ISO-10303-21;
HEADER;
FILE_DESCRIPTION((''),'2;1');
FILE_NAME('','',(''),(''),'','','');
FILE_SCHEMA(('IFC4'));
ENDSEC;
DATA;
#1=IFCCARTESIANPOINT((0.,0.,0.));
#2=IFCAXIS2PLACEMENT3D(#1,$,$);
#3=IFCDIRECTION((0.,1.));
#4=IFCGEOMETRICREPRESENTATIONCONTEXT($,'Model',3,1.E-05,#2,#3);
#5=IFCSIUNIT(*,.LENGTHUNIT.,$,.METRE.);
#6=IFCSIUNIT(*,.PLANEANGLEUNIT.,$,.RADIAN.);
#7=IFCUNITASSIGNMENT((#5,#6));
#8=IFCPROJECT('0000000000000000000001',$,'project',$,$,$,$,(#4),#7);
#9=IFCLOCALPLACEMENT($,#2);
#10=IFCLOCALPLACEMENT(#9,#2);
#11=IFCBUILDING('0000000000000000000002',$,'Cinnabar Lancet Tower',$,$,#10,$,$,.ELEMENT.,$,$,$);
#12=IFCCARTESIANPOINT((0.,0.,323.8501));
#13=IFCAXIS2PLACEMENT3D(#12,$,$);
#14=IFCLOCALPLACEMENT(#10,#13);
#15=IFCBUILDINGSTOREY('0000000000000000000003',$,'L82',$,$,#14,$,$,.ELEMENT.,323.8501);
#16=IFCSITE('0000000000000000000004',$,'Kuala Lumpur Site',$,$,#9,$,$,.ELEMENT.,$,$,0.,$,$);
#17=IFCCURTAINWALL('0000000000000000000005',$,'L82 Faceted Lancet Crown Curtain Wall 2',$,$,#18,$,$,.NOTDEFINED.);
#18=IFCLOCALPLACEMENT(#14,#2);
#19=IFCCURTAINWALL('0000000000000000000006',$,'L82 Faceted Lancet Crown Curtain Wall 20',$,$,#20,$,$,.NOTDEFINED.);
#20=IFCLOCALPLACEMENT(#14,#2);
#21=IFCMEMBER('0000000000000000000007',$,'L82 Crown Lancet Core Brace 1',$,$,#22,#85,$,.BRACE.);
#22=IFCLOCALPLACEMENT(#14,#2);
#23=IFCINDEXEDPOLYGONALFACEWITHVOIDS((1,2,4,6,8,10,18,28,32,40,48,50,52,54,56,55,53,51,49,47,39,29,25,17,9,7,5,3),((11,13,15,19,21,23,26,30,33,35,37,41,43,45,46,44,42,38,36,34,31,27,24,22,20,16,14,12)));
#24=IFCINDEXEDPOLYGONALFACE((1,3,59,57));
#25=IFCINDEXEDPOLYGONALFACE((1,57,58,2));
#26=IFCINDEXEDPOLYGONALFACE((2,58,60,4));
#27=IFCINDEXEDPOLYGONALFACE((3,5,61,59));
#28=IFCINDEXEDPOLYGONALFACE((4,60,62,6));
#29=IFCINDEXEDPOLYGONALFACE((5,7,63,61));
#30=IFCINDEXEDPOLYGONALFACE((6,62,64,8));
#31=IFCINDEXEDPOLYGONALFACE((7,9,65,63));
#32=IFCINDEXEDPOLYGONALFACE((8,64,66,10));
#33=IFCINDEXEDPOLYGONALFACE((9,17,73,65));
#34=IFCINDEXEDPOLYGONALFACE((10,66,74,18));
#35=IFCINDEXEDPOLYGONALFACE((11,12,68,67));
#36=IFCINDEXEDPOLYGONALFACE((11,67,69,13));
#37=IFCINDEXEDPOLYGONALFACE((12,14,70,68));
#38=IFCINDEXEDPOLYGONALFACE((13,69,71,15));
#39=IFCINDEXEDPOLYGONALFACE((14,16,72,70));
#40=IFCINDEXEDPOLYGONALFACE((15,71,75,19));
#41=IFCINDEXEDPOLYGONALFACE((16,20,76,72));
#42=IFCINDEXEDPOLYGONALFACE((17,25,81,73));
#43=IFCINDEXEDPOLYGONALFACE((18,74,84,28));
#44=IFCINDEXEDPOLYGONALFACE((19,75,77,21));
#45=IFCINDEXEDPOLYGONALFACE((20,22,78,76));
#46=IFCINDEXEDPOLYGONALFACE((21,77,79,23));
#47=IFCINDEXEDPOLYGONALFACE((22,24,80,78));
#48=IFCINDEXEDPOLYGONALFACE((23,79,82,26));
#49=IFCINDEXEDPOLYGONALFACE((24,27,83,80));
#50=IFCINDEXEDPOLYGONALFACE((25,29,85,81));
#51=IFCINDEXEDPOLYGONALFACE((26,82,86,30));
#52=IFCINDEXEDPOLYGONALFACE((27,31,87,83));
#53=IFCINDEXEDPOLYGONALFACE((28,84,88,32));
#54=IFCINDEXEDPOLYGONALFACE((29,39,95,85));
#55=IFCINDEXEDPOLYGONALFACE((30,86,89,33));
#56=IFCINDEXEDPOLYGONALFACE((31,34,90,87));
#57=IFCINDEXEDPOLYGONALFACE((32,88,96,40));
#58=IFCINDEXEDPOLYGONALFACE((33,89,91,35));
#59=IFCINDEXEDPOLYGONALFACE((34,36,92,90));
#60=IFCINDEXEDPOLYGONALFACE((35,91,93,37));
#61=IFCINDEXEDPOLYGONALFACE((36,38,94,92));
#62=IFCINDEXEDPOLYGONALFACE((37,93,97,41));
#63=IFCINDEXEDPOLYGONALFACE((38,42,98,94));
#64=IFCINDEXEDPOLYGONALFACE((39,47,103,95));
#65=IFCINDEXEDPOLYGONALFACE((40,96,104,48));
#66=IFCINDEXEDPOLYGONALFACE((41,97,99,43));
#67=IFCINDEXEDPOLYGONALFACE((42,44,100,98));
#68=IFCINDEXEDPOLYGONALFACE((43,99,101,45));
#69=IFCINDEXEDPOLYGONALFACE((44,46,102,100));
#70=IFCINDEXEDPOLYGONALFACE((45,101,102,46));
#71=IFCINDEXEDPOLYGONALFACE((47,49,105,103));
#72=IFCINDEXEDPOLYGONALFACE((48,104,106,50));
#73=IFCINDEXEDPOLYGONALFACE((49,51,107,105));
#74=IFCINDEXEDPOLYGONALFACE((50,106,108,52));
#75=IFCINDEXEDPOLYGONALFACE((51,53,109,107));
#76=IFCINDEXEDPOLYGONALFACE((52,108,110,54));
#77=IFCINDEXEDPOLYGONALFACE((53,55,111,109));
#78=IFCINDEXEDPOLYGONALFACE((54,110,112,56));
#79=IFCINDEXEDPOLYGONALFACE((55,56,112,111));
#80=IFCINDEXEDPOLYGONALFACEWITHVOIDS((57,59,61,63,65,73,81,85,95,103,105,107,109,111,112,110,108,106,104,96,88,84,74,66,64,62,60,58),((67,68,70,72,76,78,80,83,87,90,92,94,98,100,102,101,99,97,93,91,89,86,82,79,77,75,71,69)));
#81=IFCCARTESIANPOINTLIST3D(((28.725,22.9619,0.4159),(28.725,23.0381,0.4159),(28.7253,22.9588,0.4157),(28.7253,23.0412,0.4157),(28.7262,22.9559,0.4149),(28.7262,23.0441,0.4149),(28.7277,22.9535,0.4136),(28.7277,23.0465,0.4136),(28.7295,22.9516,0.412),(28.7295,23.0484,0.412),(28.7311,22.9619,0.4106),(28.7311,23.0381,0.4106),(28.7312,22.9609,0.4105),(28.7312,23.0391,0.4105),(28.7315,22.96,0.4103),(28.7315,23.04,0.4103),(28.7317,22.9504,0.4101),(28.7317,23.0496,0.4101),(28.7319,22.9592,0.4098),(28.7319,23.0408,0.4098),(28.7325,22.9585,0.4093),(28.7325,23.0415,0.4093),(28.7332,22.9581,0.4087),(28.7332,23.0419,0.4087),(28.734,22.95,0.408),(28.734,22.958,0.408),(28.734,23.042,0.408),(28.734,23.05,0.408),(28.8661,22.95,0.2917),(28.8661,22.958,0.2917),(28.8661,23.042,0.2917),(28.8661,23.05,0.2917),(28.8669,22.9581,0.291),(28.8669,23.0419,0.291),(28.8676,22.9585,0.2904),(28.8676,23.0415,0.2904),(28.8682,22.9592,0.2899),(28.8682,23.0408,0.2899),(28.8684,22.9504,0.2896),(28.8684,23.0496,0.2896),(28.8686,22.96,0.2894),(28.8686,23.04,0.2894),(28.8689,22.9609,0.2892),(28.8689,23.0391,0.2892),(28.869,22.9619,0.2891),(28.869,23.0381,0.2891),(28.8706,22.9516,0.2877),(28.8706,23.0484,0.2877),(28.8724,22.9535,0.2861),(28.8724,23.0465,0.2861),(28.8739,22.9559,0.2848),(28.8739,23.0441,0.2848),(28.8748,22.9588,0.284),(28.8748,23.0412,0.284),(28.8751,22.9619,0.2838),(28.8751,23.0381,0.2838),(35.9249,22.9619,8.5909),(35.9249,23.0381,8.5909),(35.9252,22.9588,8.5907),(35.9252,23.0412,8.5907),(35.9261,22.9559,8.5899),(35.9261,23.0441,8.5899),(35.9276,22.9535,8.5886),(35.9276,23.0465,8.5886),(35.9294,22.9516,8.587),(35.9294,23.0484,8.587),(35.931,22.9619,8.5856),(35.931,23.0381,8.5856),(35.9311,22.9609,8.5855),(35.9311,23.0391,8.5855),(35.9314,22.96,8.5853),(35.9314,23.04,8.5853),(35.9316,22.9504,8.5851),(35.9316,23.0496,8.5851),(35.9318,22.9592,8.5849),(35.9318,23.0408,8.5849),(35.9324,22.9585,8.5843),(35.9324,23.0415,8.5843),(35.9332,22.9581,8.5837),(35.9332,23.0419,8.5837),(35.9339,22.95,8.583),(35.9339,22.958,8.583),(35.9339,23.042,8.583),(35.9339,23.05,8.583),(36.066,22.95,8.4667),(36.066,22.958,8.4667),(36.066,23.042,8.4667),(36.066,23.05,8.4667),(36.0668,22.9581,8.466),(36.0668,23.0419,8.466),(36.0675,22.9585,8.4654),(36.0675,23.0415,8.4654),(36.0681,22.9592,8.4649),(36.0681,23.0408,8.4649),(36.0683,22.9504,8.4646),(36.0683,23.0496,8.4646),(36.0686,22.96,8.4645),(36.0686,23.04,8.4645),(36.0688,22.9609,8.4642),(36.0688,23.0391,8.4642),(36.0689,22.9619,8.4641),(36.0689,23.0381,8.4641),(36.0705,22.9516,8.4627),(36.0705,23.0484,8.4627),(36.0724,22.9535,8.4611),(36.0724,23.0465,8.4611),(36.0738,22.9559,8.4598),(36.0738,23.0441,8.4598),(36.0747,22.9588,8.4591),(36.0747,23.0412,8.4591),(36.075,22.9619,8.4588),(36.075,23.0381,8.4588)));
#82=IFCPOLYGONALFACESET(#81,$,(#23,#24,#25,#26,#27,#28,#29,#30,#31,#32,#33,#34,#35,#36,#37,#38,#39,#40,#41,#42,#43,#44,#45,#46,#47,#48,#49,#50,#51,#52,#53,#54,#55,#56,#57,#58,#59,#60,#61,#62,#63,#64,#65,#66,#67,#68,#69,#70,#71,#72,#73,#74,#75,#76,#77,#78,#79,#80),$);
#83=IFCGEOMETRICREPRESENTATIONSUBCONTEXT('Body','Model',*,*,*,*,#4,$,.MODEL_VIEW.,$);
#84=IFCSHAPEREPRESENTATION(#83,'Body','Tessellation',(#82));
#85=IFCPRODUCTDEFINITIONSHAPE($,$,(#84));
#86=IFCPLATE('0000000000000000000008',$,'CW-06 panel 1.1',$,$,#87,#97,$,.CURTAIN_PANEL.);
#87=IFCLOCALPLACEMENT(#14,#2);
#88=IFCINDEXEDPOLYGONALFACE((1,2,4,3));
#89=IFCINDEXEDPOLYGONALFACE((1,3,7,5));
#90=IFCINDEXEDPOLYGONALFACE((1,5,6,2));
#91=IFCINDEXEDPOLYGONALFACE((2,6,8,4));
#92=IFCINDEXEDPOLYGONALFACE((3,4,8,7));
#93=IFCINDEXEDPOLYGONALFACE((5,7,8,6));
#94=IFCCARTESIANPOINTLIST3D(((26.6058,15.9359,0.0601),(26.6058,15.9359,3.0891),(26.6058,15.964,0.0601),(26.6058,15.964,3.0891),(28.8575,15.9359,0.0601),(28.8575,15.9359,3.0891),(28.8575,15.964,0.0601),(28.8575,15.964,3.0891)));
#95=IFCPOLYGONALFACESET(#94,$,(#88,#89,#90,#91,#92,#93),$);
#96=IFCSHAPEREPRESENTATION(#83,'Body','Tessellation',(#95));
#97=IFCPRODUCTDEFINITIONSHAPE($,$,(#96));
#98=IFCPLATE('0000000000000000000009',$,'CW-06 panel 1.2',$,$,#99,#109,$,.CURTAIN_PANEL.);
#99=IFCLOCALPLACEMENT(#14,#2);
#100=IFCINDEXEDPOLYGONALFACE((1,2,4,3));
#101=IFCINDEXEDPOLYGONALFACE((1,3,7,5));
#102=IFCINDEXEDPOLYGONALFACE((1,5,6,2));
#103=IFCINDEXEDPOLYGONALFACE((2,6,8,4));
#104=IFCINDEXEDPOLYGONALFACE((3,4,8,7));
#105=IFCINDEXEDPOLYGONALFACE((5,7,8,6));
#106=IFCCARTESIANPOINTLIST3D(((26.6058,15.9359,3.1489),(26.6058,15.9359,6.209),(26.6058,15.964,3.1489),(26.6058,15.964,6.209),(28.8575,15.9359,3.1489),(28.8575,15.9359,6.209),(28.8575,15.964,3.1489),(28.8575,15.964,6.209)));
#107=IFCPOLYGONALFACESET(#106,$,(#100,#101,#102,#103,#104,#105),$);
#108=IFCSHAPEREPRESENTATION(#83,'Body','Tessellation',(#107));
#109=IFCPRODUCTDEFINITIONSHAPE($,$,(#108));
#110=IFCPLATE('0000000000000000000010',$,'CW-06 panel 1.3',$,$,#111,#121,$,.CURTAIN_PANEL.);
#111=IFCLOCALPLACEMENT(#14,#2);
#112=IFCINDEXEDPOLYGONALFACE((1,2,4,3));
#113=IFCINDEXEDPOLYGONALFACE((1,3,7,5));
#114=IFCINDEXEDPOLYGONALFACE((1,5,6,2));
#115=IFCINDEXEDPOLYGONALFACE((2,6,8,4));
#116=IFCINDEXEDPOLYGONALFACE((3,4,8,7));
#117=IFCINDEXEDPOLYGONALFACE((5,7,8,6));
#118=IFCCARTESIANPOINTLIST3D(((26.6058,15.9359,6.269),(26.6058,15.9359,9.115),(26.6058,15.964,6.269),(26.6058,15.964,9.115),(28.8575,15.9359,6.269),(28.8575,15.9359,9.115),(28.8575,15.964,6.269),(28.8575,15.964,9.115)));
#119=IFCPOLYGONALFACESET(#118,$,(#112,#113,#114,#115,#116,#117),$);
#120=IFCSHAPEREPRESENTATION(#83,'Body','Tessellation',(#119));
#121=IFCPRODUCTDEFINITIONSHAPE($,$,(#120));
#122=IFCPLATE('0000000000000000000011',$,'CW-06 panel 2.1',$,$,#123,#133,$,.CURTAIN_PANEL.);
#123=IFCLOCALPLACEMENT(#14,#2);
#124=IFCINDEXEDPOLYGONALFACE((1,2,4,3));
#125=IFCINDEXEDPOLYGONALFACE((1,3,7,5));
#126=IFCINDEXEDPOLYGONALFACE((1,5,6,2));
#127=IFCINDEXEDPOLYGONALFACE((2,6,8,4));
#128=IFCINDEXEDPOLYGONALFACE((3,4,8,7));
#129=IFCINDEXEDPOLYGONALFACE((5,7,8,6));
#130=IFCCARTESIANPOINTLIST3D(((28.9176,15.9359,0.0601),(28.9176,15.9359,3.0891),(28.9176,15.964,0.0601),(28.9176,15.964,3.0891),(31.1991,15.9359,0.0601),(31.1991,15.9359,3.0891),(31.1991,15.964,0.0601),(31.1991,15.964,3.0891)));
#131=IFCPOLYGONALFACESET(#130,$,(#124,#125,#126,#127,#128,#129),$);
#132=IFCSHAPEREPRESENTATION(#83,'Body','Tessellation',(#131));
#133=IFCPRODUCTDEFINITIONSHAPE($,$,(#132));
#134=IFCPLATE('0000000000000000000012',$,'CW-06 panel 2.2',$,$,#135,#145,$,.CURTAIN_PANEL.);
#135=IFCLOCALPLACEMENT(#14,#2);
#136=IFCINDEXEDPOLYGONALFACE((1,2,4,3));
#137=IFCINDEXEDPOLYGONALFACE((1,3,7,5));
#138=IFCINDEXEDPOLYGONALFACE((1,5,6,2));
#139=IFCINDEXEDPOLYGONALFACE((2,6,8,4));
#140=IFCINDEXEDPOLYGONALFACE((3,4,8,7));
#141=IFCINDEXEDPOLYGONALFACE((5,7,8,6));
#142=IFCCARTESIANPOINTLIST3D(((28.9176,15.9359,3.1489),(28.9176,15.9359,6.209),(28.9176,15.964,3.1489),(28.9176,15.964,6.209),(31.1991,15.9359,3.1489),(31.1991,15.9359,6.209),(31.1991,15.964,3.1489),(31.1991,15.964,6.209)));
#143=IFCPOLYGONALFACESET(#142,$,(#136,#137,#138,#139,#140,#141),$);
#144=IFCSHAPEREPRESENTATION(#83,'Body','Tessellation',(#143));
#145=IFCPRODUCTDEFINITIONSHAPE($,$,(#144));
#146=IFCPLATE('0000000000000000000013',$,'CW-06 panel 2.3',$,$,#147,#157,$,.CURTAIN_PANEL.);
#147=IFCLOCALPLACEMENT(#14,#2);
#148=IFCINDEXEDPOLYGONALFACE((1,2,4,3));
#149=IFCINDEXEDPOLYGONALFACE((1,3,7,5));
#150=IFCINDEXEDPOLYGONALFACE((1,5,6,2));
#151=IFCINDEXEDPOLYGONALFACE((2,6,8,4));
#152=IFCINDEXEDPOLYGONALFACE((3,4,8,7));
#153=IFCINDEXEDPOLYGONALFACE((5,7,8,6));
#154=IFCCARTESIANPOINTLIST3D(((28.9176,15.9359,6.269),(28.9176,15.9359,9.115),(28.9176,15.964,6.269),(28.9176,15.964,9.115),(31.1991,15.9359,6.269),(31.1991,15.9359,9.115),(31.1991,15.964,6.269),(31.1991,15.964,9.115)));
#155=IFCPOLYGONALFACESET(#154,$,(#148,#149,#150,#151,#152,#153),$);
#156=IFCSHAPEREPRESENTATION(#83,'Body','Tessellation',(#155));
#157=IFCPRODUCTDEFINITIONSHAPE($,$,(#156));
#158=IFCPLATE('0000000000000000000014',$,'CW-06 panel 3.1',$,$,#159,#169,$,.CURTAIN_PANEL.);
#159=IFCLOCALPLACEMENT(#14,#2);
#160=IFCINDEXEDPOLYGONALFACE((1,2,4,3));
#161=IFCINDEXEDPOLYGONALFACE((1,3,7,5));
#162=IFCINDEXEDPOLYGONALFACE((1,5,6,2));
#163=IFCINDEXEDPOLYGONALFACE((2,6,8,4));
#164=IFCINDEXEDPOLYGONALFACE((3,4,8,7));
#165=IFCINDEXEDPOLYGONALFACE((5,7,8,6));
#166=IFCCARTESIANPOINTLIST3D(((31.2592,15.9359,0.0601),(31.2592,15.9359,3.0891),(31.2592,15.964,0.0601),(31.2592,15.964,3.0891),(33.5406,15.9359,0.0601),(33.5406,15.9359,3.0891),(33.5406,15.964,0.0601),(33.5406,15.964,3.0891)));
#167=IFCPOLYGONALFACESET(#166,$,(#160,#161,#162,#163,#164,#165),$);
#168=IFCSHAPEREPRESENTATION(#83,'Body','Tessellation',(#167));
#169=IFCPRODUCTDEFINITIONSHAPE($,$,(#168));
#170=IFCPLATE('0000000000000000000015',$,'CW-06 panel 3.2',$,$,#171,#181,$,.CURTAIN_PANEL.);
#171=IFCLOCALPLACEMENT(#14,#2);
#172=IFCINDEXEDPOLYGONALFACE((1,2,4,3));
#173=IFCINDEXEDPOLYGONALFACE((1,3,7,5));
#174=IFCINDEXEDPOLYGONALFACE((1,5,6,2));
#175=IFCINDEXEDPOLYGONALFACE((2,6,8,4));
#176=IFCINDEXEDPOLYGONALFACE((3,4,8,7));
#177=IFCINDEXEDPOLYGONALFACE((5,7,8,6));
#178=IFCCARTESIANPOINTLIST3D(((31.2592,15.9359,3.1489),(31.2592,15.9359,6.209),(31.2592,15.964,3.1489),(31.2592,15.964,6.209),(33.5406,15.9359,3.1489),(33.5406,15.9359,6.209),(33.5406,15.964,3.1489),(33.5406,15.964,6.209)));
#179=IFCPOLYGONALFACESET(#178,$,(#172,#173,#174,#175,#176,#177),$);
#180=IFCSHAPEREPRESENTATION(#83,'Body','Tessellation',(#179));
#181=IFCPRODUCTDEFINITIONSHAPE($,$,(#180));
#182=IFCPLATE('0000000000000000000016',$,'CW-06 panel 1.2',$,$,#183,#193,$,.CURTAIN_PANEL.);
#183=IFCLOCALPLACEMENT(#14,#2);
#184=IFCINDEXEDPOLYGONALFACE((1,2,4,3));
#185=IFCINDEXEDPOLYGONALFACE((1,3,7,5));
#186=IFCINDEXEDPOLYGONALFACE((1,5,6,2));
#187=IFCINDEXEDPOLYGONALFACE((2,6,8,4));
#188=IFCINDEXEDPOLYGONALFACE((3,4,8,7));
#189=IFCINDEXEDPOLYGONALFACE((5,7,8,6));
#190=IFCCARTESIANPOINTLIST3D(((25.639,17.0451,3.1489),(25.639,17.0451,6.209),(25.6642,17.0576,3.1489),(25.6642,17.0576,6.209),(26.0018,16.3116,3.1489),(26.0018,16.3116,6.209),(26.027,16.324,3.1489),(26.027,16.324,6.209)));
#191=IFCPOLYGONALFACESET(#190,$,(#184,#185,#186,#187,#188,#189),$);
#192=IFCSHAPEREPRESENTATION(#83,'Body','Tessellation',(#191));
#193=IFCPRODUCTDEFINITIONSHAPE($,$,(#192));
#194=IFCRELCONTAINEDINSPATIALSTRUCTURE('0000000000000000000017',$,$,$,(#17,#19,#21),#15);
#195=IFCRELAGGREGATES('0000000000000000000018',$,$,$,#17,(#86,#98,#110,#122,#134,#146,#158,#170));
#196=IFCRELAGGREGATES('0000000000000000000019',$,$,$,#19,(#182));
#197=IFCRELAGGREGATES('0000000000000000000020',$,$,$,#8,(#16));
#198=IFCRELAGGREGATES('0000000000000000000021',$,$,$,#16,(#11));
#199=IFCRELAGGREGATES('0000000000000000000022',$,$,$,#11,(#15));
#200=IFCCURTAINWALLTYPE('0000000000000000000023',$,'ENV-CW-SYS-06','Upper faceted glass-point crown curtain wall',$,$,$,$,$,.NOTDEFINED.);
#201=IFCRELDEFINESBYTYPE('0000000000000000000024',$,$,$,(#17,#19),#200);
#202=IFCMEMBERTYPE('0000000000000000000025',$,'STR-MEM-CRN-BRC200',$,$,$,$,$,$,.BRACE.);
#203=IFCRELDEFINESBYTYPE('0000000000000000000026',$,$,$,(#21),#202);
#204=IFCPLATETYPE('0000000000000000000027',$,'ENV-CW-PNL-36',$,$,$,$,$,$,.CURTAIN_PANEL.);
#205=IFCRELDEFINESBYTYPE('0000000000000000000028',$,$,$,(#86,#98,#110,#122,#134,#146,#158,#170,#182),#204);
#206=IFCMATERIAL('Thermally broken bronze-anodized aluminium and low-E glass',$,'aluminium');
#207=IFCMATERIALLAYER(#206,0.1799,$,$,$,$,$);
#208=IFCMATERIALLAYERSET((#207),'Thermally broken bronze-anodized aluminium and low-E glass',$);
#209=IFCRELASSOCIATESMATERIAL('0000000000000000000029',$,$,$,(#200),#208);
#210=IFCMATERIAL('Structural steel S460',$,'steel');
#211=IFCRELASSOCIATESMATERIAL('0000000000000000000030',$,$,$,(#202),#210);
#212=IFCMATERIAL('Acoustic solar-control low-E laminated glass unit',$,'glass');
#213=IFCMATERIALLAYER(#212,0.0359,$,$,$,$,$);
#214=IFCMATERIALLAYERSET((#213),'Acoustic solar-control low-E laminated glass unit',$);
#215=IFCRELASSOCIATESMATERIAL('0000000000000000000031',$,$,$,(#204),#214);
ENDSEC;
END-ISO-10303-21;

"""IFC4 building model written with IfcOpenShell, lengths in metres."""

from ifc_helpers import new_model, si_unit, direction, frame, origin, origin_2d, place, context, subcontext, project, spatial, rectangle, hollow_rectangle, extrude, material, layer, layer_set, material_profile, profile_set, type_object, element, aggregate, save


model = new_model("IFC4")

# Units and contexts
model_context = context("Model", 3, precision=1e-05, world=origin(), true_north=direction((0.0, 1.0)))
body_context = subcontext(model_context, "Body", "Model", "MODEL_VIEW")
ifc_project = project(units=[si_unit("LENGTHUNIT", "METRE"), si_unit("PLANEANGLEUNIT", "RADIAN")], contexts=[model_context])

# Site, building, storey
site_placement = place(None, origin())
site = spatial("IfcSite", under=ifc_project, at=site_placement, Name="Kuala Lumpur Site", CompositionType="ELEMENT", RefElevation=0.0)
building_placement = place(site_placement, origin())
building = spatial("IfcBuilding", under=site, at=building_placement, Name="Cinnabar Lancet Tower", CompositionType="ELEMENT")
storey_placement = place(building_placement, frame((0.0, 0.0, 323.8501)))
storey = spatial("IfcBuildingStorey", under=building, at=storey_placement, Name="L82", CompositionType="ELEMENT", Elevation=323.8501)

# Curtain wall
ifc_material_1 = material(Name="Thermally broken bronze-anodized aluminium and low-E glass", Category="aluminium")
ifc_layer_1 = layer(ifc_material_1, 0.1799)
ifc_layer_set_1 = layer_set([ifc_layer_1], Name="Thermally broken bronze-anodized aluminium and low-E glass")
curtain_wall_type = type_object("IfcCurtainWallType", Name="ENV-CW-SYS-06", Description="Upper faceted glass-point crown curtain wall", PredefinedType="NOTDEFINED", material=ifc_layer_set_1)
curtain_wall_1_placement = place(storey_placement, origin())
curtain_wall_1 = element("IfcCurtainWall", 1, at=curtain_wall_1_placement, inside=storey, type_object=curtain_wall_type, Name="L82 Faceted Lancet Crown Curtain Wall 2", PredefinedType="NOTDEFINED")

# Curtain wall
curtain_wall_2_placement = place(storey_placement, origin())
curtain_wall_2 = element("IfcCurtainWall", 2, at=curtain_wall_2_placement, inside=storey, type_object=curtain_wall_type, Name="L82 Faceted Lancet Crown Curtain Wall 20", PredefinedType="NOTDEFINED")

# Member
ifc_material_2 = material(Name="Structural steel S460", Category="steel")
ifc_material_profile_1 = material_profile(ifc_material_2, hollow_rectangle(XDim=0.1001, YDim=0.2, WallThickness=0.0081, InnerFilletRadius=0.0039, OuterFilletRadius=0.012, at=origin_2d()), Name="RHS 200x100x8")
ifc_profile_set_1 = profile_set([ifc_material_profile_1], Name="Structural steel S460")
member_type_1 = type_object("IfcMemberType", Name="STR-MEM-CRN-BRC200", PredefinedType="BRACE", material=ifc_profile_set_1)
member_1_placement = place(storey_placement, frame((28.8, 23.0, 0.3499), z_axis=(0.660933, 0.0, 0.750444), x_axis=(0.0, 1.0, 0.0)))
element("IfcMember", 3, at=member_1_placement, inside=storey, type_object=member_type_1, Name="L82 Crown Lancet Core Brace 1", PredefinedType="BRACE", context=body_context, shape_type="SweptSolid", body=[
    extrude(hollow_rectangle(XDim=0.1001, YDim=0.2, WallThickness=0.0081, InnerFilletRadius=0.0039, OuterFilletRadius=0.012, at=origin_2d()), origin(), (0.0, 0.0, 1.0), 10.8936),
])

# Plates
ifc_material_3 = material(Name="Acoustic solar-control low-E laminated glass unit", Category="glass")
ifc_layer_2 = layer(ifc_material_3, 0.0359)
ifc_layer_set_2 = layer_set([ifc_layer_2], Name="Acoustic solar-control low-E laminated glass unit")
plate_type_1 = type_object("IfcPlateType", Name="ENV-CW-PNL-36", PredefinedType="CURTAIN_PANEL", material=ifc_layer_set_2)
plate_1_placement = place(storey_placement, frame((27.7317, 15.95, 0.0601), z_axis=(0.0, 0.0, 1.0), x_axis=(1.0, 0.0, 0.0)))
plate_1 = element("IfcPlate", 4, at=plate_1_placement, type_object=plate_type_1, Name="CW-06 panel 1.1", PredefinedType="CURTAIN_PANEL", context=body_context, shape_type="SweptSolid", body=[
    extrude(rectangle(XDim=2.2517, YDim=0.0281, at=origin_2d()), origin(), (0.0, 0.0, 1.0), 3.0291),
])
plate_2_placement = place(storey_placement, frame((27.7317, 15.95, 3.1489), z_axis=(0.0, 0.0, 1.0), x_axis=(1.0, 0.0, 0.0)))
plate_2 = element("IfcPlate", 5, at=plate_2_placement, type_object=plate_type_1, Name="CW-06 panel 1.2", PredefinedType="CURTAIN_PANEL", context=body_context, shape_type="SweptSolid", body=[
    extrude(rectangle(XDim=2.2517, YDim=0.0281, at=origin_2d()), origin(), (0.0, 0.0, 1.0), 3.0601),
])
plate_3_placement = place(storey_placement, frame((27.7317, 15.95, 6.269), z_axis=(0.0, 0.0, 1.0), x_axis=(1.0, 0.0, 0.0)))
plate_3 = element("IfcPlate", 6, at=plate_3_placement, type_object=plate_type_1, Name="CW-06 panel 1.3", PredefinedType="CURTAIN_PANEL", context=body_context, shape_type="SweptSolid", body=[
    extrude(rectangle(XDim=2.2517, YDim=0.0281, at=origin_2d()), origin(), (0.0, 0.0, 1.0), 2.8459),
])
plate_4_placement = place(storey_placement, frame((30.0583, 15.95, 0.0601), z_axis=(0.0, 0.0, 1.0), x_axis=(1.0, 0.0, 0.0)))
plate_4 = element("IfcPlate", 7, at=plate_4_placement, type_object=plate_type_1, Name="CW-06 panel 2.1", PredefinedType="CURTAIN_PANEL", context=body_context, shape_type="SweptSolid", body=[
    extrude(rectangle(XDim=2.2815, YDim=0.0281, at=origin_2d()), origin(), (0.0, 0.0, 1.0), 3.0291),
])
plate_5_placement = place(storey_placement, frame((30.0583, 15.95, 3.1489), z_axis=(0.0, 0.0, 1.0), x_axis=(1.0, 0.0, 0.0)))
plate_5 = element("IfcPlate", 8, at=plate_5_placement, type_object=plate_type_1, Name="CW-06 panel 2.2", PredefinedType="CURTAIN_PANEL", context=body_context, shape_type="SweptSolid", body=[
    extrude(rectangle(XDim=2.2815, YDim=0.0281, at=origin_2d()), origin(), (0.0, 0.0, 1.0), 3.0601),
])
plate_6_placement = place(storey_placement, frame((30.0583, 15.95, 6.269), z_axis=(0.0, 0.0, 1.0), x_axis=(1.0, 0.0, 0.0)))
plate_6 = element("IfcPlate", 9, at=plate_6_placement, type_object=plate_type_1, Name="CW-06 panel 2.3", PredefinedType="CURTAIN_PANEL", context=body_context, shape_type="SweptSolid", body=[
    extrude(rectangle(XDim=2.2815, YDim=0.0281, at=origin_2d()), origin(), (0.0, 0.0, 1.0), 2.8459),
])
plate_7_placement = place(storey_placement, frame((32.3999, 15.95, 0.0601), z_axis=(0.0, 0.0, 1.0), x_axis=(1.0, 0.0, 0.0)))
plate_7 = element("IfcPlate", 10, at=plate_7_placement, type_object=plate_type_1, Name="CW-06 panel 3.1", PredefinedType="CURTAIN_PANEL", context=body_context, shape_type="SweptSolid", body=[
    extrude(rectangle(XDim=2.2815, YDim=0.0281, at=origin_2d()), origin(), (0.0, 0.0, 1.0), 3.0291),
])
plate_8_placement = place(storey_placement, frame((32.3999, 15.95, 3.1489), z_axis=(0.0, 0.0, 1.0), x_axis=(1.0, 0.0, 0.0)))
plate_8 = element("IfcPlate", 11, at=plate_8_placement, type_object=plate_type_1, Name="CW-06 panel 3.2", PredefinedType="CURTAIN_PANEL", context=body_context, shape_type="SweptSolid", body=[
    extrude(rectangle(XDim=2.2815, YDim=0.0281, at=origin_2d()), origin(), (0.0, 0.0, 1.0), 3.0601),
])
aggregate(curtain_wall_1, [plate_1, plate_2, plate_3, plate_4, plate_5, plate_6, plate_7, plate_8])
plate_9_placement = place(storey_placement, frame((25.833, 16.6846, 3.1489), z_axis=(0.0, 0.0, 1.0), x_axis=(0.443373, -0.896337, 0.0)))
plate_9 = element("IfcPlate", 12, at=plate_9_placement, type_object=plate_type_1, Name="CW-06 panel 1.2", PredefinedType="CURTAIN_PANEL", context=body_context, shape_type="SweptSolid", body=[
    extrude(rectangle(XDim=0.8184, YDim=0.0281, at=origin_2d()), origin(), (0.0, 0.0, 1.0), 3.0601),
])
aggregate(curtain_wall_2, [plate_9])

save(model, "model.ifc")
